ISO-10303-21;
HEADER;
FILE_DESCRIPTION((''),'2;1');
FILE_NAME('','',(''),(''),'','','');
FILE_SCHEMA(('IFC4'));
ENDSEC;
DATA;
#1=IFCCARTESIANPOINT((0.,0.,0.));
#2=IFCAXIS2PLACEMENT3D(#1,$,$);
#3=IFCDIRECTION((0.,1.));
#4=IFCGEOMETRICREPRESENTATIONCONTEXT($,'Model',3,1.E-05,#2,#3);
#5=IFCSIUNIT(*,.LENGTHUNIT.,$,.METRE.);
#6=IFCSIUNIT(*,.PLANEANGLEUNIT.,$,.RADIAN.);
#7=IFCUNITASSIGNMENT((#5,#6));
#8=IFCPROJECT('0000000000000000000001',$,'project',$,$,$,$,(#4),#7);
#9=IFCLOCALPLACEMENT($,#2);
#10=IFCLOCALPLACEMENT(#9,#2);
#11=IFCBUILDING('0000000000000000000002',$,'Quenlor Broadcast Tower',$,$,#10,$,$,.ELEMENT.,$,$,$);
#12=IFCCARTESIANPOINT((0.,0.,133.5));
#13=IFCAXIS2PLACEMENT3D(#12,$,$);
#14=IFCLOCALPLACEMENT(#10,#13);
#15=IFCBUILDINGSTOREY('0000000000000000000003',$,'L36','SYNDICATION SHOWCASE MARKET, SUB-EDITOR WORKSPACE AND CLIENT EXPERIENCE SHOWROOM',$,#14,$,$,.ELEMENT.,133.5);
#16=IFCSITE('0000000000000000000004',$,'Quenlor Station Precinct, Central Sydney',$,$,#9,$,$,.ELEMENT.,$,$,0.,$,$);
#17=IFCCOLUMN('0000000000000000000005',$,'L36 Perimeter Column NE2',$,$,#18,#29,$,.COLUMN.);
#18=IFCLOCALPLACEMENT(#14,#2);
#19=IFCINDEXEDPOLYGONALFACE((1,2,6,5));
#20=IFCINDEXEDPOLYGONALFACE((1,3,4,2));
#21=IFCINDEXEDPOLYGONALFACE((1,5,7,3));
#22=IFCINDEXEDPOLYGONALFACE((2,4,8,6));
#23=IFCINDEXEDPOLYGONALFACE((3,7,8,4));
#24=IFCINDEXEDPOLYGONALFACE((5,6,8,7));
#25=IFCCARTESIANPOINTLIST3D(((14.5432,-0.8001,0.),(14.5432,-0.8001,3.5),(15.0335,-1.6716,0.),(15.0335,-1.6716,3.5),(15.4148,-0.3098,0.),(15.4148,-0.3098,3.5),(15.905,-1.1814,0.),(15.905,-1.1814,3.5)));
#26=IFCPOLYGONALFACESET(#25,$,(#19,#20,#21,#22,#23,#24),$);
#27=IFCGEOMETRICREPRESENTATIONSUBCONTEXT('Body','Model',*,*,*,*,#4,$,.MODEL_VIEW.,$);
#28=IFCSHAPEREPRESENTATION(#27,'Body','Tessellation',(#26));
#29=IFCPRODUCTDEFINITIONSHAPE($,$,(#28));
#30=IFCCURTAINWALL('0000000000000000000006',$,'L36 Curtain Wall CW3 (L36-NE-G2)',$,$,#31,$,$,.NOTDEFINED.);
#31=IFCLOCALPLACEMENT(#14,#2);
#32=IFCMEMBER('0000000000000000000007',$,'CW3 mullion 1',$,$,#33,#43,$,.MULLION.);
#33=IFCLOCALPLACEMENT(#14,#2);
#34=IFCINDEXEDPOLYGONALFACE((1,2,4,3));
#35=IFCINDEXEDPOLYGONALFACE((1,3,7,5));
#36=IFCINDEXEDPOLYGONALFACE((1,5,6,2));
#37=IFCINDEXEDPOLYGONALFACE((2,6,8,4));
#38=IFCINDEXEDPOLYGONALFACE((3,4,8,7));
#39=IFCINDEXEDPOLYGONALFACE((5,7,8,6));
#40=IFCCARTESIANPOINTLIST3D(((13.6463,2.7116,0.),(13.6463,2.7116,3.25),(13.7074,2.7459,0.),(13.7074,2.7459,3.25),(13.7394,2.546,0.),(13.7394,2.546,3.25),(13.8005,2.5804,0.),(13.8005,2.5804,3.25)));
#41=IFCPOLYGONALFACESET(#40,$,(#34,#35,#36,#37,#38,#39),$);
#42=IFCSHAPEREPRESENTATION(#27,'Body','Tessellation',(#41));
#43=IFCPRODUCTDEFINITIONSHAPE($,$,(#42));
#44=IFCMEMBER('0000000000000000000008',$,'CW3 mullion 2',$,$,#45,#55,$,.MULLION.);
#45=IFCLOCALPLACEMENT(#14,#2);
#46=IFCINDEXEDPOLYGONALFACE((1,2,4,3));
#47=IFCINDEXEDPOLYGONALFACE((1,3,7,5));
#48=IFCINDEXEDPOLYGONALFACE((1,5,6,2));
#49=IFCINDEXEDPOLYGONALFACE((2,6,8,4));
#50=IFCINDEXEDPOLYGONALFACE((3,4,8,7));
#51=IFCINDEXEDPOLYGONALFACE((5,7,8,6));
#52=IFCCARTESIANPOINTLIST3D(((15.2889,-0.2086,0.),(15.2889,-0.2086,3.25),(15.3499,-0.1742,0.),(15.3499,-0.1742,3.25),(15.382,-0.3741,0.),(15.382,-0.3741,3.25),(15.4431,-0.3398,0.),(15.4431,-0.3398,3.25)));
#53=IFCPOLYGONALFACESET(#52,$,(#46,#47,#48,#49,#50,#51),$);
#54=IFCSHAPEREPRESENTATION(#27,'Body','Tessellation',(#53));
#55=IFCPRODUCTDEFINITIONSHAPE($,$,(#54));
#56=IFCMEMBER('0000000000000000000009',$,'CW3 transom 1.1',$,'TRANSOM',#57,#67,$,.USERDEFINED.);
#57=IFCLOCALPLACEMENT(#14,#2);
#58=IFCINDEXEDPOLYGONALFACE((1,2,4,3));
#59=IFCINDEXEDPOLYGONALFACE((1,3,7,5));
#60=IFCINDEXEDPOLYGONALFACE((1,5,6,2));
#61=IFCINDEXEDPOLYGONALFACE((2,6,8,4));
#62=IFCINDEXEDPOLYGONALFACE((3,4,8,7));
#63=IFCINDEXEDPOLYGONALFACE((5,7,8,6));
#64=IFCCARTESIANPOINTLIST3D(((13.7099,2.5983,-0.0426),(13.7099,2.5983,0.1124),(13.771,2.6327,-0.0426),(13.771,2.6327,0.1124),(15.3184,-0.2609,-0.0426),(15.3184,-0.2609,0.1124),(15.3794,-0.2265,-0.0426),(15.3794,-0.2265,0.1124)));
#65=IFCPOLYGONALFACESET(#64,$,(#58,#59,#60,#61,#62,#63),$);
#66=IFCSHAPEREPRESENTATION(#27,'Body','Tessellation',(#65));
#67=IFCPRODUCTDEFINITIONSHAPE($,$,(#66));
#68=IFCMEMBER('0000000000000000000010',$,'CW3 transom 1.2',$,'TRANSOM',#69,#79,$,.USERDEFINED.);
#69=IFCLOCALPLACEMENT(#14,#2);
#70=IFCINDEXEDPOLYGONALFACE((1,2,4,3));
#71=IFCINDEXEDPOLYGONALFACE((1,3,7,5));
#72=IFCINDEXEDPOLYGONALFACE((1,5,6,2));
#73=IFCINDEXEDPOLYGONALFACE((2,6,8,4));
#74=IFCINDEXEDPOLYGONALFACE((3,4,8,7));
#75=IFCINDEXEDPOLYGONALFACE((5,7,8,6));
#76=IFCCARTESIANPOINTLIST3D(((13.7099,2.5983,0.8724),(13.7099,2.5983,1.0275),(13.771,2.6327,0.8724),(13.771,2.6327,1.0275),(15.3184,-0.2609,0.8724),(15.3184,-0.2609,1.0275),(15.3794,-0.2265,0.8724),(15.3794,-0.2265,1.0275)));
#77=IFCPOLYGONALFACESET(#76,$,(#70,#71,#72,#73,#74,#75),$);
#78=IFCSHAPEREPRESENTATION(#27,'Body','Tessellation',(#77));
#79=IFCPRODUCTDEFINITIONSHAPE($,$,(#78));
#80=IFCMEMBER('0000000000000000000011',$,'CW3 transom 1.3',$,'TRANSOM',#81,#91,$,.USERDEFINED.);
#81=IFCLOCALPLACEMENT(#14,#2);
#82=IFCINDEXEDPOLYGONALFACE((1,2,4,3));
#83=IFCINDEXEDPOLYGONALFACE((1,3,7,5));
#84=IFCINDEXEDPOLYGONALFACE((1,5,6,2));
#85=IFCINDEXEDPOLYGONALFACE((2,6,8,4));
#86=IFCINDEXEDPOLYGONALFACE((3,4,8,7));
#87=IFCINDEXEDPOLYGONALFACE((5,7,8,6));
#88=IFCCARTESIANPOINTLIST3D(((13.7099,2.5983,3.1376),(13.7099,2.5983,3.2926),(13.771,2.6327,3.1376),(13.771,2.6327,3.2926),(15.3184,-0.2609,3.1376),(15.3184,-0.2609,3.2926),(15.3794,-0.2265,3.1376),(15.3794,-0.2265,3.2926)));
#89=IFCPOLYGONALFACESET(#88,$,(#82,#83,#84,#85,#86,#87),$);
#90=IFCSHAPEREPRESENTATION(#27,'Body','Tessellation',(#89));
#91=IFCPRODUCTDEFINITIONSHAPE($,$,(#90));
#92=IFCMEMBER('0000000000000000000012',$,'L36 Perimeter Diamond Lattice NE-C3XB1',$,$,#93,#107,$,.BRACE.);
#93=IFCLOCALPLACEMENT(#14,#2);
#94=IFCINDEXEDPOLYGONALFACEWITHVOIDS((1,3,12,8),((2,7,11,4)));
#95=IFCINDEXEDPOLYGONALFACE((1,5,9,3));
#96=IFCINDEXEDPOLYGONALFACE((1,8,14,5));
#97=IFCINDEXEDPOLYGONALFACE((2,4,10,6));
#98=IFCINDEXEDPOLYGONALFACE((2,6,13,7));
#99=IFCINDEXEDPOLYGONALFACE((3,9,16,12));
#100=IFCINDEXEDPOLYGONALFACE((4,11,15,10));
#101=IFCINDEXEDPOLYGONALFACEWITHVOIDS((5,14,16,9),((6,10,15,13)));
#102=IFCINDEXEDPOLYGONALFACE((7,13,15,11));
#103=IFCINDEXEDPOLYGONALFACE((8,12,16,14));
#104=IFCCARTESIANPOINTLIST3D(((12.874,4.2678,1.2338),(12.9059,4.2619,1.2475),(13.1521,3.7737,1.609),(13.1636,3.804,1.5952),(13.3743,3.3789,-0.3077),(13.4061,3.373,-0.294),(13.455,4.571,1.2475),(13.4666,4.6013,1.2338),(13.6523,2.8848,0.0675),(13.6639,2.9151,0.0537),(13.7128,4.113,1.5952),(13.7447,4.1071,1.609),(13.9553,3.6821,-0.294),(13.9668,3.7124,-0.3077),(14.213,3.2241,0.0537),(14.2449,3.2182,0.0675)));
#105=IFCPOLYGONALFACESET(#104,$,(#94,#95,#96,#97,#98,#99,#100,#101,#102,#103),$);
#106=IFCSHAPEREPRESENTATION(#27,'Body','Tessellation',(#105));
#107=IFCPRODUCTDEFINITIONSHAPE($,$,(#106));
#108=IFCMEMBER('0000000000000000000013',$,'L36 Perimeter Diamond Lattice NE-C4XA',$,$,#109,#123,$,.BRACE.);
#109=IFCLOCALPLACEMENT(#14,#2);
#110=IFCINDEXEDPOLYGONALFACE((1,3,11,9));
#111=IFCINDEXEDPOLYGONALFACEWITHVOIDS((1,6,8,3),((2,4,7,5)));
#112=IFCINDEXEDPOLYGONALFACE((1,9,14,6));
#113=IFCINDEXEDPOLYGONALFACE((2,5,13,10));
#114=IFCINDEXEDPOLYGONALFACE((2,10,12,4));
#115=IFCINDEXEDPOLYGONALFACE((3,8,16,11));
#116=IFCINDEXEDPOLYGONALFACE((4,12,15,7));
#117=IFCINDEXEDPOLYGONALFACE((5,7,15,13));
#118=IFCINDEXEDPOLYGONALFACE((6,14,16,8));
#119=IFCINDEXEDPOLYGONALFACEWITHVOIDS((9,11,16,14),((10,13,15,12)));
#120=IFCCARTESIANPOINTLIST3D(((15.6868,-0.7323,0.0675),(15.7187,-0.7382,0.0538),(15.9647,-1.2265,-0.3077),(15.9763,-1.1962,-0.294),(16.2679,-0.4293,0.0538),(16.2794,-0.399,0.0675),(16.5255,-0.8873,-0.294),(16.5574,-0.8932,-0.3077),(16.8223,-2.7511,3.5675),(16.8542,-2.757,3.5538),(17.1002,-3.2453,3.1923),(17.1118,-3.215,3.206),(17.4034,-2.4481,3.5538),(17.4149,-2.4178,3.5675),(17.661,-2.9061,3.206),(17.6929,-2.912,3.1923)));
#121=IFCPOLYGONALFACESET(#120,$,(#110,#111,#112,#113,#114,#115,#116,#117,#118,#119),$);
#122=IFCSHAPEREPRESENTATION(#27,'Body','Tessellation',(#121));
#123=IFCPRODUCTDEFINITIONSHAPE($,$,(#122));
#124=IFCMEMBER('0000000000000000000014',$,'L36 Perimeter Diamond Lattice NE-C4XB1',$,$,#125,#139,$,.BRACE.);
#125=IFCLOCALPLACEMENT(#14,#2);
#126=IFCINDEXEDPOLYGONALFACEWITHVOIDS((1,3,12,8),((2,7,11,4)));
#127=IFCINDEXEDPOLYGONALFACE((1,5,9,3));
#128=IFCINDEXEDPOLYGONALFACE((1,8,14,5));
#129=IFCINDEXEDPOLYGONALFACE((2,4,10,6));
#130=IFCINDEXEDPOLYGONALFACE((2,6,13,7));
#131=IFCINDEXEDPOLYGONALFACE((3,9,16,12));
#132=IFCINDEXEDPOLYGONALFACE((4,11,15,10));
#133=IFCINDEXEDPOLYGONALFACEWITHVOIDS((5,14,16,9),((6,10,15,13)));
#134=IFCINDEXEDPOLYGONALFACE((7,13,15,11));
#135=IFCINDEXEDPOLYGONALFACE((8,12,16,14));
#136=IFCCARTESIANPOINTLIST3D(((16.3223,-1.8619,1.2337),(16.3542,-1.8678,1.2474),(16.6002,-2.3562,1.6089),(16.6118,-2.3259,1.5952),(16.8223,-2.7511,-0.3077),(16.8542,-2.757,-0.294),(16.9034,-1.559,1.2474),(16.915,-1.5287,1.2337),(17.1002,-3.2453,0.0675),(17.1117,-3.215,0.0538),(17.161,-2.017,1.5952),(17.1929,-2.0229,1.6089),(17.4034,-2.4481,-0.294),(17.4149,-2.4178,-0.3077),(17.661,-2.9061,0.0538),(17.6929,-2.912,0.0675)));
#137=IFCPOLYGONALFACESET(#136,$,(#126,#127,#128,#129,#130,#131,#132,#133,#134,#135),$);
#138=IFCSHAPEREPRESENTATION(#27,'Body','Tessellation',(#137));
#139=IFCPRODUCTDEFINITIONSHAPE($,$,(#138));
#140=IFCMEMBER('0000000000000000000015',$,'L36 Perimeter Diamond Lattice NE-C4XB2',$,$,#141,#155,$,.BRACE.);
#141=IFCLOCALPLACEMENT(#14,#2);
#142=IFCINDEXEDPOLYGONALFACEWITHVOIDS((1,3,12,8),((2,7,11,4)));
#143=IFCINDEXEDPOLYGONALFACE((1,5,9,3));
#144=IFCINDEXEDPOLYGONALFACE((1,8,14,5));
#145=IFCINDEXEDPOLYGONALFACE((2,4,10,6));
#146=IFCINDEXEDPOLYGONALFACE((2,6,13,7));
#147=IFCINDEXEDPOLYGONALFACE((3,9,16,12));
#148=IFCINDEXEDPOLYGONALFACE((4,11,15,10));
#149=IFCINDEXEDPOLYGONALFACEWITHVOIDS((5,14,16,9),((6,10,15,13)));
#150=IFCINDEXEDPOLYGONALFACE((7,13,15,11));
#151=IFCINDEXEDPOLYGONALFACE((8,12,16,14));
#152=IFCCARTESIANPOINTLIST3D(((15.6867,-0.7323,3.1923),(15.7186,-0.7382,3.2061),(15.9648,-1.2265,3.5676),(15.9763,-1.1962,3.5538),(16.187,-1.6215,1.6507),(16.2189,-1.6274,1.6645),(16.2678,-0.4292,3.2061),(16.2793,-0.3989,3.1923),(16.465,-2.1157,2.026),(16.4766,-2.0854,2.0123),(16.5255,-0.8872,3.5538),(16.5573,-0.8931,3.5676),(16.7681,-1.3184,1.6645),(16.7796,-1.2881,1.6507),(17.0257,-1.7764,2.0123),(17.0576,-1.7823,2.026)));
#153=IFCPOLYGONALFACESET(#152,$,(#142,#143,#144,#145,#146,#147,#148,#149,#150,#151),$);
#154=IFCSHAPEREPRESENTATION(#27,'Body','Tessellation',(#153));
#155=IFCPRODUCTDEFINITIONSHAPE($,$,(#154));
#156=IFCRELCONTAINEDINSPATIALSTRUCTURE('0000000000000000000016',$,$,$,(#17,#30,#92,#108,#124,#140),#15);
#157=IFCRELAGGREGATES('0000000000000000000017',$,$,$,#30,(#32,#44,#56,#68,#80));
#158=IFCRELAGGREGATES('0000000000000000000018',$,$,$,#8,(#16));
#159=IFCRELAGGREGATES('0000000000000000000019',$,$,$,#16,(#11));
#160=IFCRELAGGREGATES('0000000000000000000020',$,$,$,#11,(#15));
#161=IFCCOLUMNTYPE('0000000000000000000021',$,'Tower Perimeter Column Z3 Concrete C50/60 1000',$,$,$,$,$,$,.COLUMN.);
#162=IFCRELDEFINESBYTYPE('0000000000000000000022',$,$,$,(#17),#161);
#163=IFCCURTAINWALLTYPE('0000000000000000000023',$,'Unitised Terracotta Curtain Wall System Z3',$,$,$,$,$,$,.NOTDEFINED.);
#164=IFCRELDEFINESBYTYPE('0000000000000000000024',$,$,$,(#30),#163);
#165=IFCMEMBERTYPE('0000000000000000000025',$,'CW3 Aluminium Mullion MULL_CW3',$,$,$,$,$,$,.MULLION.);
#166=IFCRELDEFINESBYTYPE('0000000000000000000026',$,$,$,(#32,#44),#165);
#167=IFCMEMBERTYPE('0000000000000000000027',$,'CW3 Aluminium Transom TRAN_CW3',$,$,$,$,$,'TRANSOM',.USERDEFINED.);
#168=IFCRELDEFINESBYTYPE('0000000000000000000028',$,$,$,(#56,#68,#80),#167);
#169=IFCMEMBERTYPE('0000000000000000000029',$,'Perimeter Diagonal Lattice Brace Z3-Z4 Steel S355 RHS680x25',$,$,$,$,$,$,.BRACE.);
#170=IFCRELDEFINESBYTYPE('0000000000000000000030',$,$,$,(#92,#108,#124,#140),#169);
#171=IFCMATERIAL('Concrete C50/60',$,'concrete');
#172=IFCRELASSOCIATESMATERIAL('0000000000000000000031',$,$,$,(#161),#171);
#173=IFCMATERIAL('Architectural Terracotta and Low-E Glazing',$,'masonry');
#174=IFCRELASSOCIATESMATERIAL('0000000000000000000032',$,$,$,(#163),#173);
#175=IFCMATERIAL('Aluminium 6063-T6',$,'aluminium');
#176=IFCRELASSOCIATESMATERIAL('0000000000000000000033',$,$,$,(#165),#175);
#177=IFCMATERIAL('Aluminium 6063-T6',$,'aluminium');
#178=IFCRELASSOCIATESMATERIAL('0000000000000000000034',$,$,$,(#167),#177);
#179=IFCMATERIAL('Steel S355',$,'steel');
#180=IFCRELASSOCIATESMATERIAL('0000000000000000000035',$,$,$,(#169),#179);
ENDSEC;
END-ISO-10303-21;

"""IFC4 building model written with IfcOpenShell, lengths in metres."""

from ifc_helpers import new_model, si_unit, direction, frame, origin, origin_2d, place, context, subcontext, project, spatial, rectangle, hollow_rectangle, extrude, material, material_profile, profile_set, type_object, element, aggregate, save


model = new_model("IFC4")

# Units and contexts
model_context = context("Model", 3, precision=1e-05, world=origin(), true_north=direction((0.0, 1.0)))
body_context = subcontext(model_context, "Body", "Model", "MODEL_VIEW")
ifc_project = project(units=[si_unit("LENGTHUNIT", "METRE"), si_unit("PLANEANGLEUNIT", "RADIAN")], contexts=[model_context])

# Site, building, storey
site_placement = place(None, origin())
site = spatial("IfcSite", under=ifc_project, at=site_placement, Name="Quenlor Station Precinct, Central Sydney", CompositionType="ELEMENT", RefElevation=0.0)
building_placement = place(site_placement, origin())
building = spatial("IfcBuilding", under=site, at=building_placement, Name="Quenlor Broadcast Tower", CompositionType="ELEMENT")
storey_placement = place(building_placement, frame((0.0, 0.0, 133.5)))
storey = spatial("IfcBuildingStorey", under=building, at=storey_placement, Name="L36", Description="SYNDICATION SHOWCASE MARKET, SUB-EDITOR WORKSPACE AND CLIENT EXPERIENCE SHOWROOM", CompositionType="ELEMENT", Elevation=133.5)

# Column
ifc_material_1 = material(Name="Concrete C50/60", Category="concrete")
ifc_material_profile_1 = material_profile(ifc_material_1, rectangle(XDim=1.0, YDim=1.0, at=origin_2d()))
ifc_profile_set_1 = profile_set([ifc_material_profile_1], Name="Concrete C50/60 RC1000x1000")
column_type = type_object("IfcColumnType", Name="Tower Perimeter Column Z3 Concrete C50/60 1000", PredefinedType="COLUMN", material=ifc_profile_set_1)
column_placement = place(storey_placement, frame((15.2241, -0.9907, 0.0), z_axis=(0.0, 0.0, 1.0), x_axis=(0.871575, 0.490262, 0.0)))
element("IfcColumn", 1, at=column_placement, inside=storey, type_object=column_type, Name="L36 Perimeter Column NE2", PredefinedType="COLUMN", context=body_context, shape_type="SweptSolid", body=[
    extrude(rectangle(XDim=1.0, YDim=1.0, at=origin_2d()), origin(), (0.0, 0.0, 1.0), 3.5),
])

# Curtain wall, members
ifc_material_2 = material(Name="Architectural Terracotta and Low-E Glazing", Category="masonry")
curtain_wall_type = type_object("IfcCurtainWallType", Name="Unitised Terracotta Curtain Wall System Z3", PredefinedType="NOTDEFINED", material=ifc_material_2)
curtain_wall_placement = place(storey_placement, origin())
curtain_wall = element("IfcCurtainWall", 2, at=curtain_wall_placement, inside=storey, type_object=curtain_wall_type, Name="L36 Curtain Wall CW3 (L36-NE-G2)", PredefinedType="NOTDEFINED")
ifc_material_3 = material(Name="Aluminium 6063-T6", Category="aluminium")
ifc_material_profile_2 = material_profile(ifc_material_3, rectangle(XDim=0.0701, YDim=0.1899, at=origin_2d()))
ifc_profile_set_2 = profile_set([ifc_material_profile_2], Name="Aluminium 6063-T6 MULL70x190")
member_type_1 = type_object("IfcMemberType", Name="CW3 Aluminium Mullion MULL_CW3", PredefinedType="MULLION", material=ifc_profile_set_2)
member_1_placement = place(storey_placement, frame((13.7234, 2.646, 0.0), z_axis=(0.0, 0.0, 1.0), x_axis=(0.871572, 0.490268, 0.0)))
member_1 = element("IfcMember", 3, at=member_1_placement, type_object=member_type_1, Name="CW3 mullion 1", PredefinedType="MULLION", context=body_context, shape_type="SweptSolid", body=[
    extrude(rectangle(XDim=0.0701, YDim=0.1899, at=origin_2d()), origin(), (0.0, 0.0, 1.0), 3.25),
])
member_2_placement = place(storey_placement, frame((15.366, -0.2742, 0.0), z_axis=(0.0, 0.0, 1.0), x_axis=(0.871572, 0.490268, 0.0)))
member_2 = element("IfcMember", 4, at=member_2_placement, type_object=member_type_1, Name="CW3 mullion 2", PredefinedType="MULLION", context=body_context, shape_type="SweptSolid", body=[
    extrude(rectangle(XDim=0.0701, YDim=0.1899, at=origin_2d()), origin(), (0.0, 0.0, 1.0), 3.25),
])
ifc_material_4 = material(Name="Aluminium 6063-T6", Category="aluminium")
ifc_material_profile_3 = material_profile(ifc_material_4, rectangle(XDim=0.0701, YDim=0.155, at=origin_2d()))
ifc_profile_set_3 = profile_set([ifc_material_profile_3], Name="Aluminium 6063-T6 TRAN70x155")
member_type_2 = type_object("IfcMemberType", Name="CW3 Aluminium Transom TRAN_CW3", ElementType="TRANSOM", PredefinedType="USERDEFINED", material=ifc_profile_set_3)
member_3_placement = place(storey_placement, frame((13.7405, 2.6155, 0.0349), z_axis=(0.490293, -0.871558, 0.0), x_axis=(0.871558, 0.490293, 0.0)))
member_3 = element("IfcMember", 5, at=member_3_placement, type_object=member_type_2, Name="CW3 transom 1.1", ObjectType="TRANSOM", PredefinedType="USERDEFINED", context=body_context, shape_type="SweptSolid", body=[
    extrude(rectangle(XDim=0.0701, YDim=0.155, at=origin_2d()), origin(), (0.0, 0.0, 1.0), 3.2805),
])
member_4_placement = place(storey_placement, frame((13.7405, 2.6155, 0.95), z_axis=(0.490293, -0.871558, 0.0), x_axis=(0.871558, 0.490293, 0.0)))
member_4 = element("IfcMember", 6, at=member_4_placement, type_object=member_type_2, Name="CW3 transom 1.2", ObjectType="TRANSOM", PredefinedType="USERDEFINED", context=body_context, shape_type="SweptSolid", body=[
    extrude(rectangle(XDim=0.0701, YDim=0.155, at=origin_2d()), origin(), (0.0, 0.0, 1.0), 3.2805),
])
member_5_placement = place(storey_placement, frame((13.7405, 2.6155, 3.2151), z_axis=(0.490293, -0.871558, 0.0), x_axis=(0.871558, 0.490293, 0.0)))
member_5 = element("IfcMember", 7, at=member_5_placement, type_object=member_type_2, Name="CW3 transom 1.3", ObjectType="TRANSOM", PredefinedType="USERDEFINED", context=body_context, shape_type="SweptSolid", body=[
    extrude(rectangle(XDim=0.0701, YDim=0.155, at=origin_2d()), origin(), (0.0, 0.0, 1.0), 3.2805),
])

# Members
ifc_material_5 = material(Name="Steel S355", Category="steel")
ifc_material_profile_4 = material_profile(ifc_material_5, hollow_rectangle(XDim=0.6799, YDim=0.6799, WallThickness=0.0249, at=origin_2d()))
ifc_profile_set_4 = profile_set([ifc_material_profile_4], Name="Steel S355 RHS680x680x25")
member_type_3 = type_object("IfcMemberType", Name="Perimeter Diagonal Lattice Brace Z3-Z4 Steel S355 RHS680x25", PredefinedType="BRACE", material=ifc_profile_set_4)
member_6_placement = place(storey_placement, frame((13.8096, 3.2986, -0.1201), z_axis=(-0.270634, 0.480906, 0.833958), x_axis=(-0.87148, -0.490432, 0.0)))
element("IfcMember", 8, at=member_6_placement, inside=storey, type_object=member_type_3, Name="L36 Perimeter Diamond Lattice NE-C3XB1", PredefinedType="BRACE", context=body_context, shape_type="SweptSolid", body=[
    extrude(hollow_rectangle(XDim=0.6799, YDim=0.6799, WallThickness=0.0249, at=origin_2d()), origin(), (0.0, 0.0, 1.0), 1.8484),
])
member_7_placement = place(storey_placement, frame((16.1221, -0.8127, -0.1201), z_axis=(0.270549, -0.481009, 0.833927), x_axis=(0.87159, 0.490236, 0.0)))
element("IfcMember", 9, at=member_7_placement, inside=storey, type_object=member_type_3, Name="L36 Perimeter Diamond Lattice NE-C4XA", PredefinedType="BRACE", context=body_context, shape_type="SweptSolid", body=[
    extrude(hollow_rectangle(XDim=0.6799, YDim=0.6799, WallThickness=0.0249, at=origin_2d()), origin(), (0.0, 0.0, 1.0), 4.197),
])
member_8_placement = place(storey_placement, frame((17.2576, -2.8315, -0.1201), z_axis=(-0.270494, 0.481025, 0.833935), x_axis=(-0.871639, -0.490148, 0.0)))
element("IfcMember", 10, at=member_8_placement, inside=storey, type_object=member_type_3, Name="L36 Perimeter Diamond Lattice NE-C4XB1", PredefinedType="BRACE", context=body_context, shape_type="SweptSolid", body=[
    extrude(hollow_rectangle(XDim=0.6799, YDim=0.6799, WallThickness=0.0249, at=origin_2d()), origin(), (0.0, 0.0, 1.0), 1.8484),
])
member_9_placement = place(storey_placement, frame((16.6223, -1.7019, 1.8384), z_axis=(-0.270616, 0.481008, 0.833905), x_axis=(-0.871537, -0.490329, 0.0)))
element("IfcMember", 11, at=member_9_placement, inside=storey, type_object=member_type_3, Name="L36 Perimeter Diamond Lattice NE-C4XB2", PredefinedType="BRACE", context=body_context, shape_type="SweptSolid", body=[
    extrude(hollow_rectangle(XDim=0.6799, YDim=0.6799, WallThickness=0.0249, at=origin_2d()), origin(), (0.0, 0.0, 1.0), 1.8486),
])

aggregate(curtain_wall, [member_1, member_2, member_3, member_4, member_5])

save(model, "model.ifc")
